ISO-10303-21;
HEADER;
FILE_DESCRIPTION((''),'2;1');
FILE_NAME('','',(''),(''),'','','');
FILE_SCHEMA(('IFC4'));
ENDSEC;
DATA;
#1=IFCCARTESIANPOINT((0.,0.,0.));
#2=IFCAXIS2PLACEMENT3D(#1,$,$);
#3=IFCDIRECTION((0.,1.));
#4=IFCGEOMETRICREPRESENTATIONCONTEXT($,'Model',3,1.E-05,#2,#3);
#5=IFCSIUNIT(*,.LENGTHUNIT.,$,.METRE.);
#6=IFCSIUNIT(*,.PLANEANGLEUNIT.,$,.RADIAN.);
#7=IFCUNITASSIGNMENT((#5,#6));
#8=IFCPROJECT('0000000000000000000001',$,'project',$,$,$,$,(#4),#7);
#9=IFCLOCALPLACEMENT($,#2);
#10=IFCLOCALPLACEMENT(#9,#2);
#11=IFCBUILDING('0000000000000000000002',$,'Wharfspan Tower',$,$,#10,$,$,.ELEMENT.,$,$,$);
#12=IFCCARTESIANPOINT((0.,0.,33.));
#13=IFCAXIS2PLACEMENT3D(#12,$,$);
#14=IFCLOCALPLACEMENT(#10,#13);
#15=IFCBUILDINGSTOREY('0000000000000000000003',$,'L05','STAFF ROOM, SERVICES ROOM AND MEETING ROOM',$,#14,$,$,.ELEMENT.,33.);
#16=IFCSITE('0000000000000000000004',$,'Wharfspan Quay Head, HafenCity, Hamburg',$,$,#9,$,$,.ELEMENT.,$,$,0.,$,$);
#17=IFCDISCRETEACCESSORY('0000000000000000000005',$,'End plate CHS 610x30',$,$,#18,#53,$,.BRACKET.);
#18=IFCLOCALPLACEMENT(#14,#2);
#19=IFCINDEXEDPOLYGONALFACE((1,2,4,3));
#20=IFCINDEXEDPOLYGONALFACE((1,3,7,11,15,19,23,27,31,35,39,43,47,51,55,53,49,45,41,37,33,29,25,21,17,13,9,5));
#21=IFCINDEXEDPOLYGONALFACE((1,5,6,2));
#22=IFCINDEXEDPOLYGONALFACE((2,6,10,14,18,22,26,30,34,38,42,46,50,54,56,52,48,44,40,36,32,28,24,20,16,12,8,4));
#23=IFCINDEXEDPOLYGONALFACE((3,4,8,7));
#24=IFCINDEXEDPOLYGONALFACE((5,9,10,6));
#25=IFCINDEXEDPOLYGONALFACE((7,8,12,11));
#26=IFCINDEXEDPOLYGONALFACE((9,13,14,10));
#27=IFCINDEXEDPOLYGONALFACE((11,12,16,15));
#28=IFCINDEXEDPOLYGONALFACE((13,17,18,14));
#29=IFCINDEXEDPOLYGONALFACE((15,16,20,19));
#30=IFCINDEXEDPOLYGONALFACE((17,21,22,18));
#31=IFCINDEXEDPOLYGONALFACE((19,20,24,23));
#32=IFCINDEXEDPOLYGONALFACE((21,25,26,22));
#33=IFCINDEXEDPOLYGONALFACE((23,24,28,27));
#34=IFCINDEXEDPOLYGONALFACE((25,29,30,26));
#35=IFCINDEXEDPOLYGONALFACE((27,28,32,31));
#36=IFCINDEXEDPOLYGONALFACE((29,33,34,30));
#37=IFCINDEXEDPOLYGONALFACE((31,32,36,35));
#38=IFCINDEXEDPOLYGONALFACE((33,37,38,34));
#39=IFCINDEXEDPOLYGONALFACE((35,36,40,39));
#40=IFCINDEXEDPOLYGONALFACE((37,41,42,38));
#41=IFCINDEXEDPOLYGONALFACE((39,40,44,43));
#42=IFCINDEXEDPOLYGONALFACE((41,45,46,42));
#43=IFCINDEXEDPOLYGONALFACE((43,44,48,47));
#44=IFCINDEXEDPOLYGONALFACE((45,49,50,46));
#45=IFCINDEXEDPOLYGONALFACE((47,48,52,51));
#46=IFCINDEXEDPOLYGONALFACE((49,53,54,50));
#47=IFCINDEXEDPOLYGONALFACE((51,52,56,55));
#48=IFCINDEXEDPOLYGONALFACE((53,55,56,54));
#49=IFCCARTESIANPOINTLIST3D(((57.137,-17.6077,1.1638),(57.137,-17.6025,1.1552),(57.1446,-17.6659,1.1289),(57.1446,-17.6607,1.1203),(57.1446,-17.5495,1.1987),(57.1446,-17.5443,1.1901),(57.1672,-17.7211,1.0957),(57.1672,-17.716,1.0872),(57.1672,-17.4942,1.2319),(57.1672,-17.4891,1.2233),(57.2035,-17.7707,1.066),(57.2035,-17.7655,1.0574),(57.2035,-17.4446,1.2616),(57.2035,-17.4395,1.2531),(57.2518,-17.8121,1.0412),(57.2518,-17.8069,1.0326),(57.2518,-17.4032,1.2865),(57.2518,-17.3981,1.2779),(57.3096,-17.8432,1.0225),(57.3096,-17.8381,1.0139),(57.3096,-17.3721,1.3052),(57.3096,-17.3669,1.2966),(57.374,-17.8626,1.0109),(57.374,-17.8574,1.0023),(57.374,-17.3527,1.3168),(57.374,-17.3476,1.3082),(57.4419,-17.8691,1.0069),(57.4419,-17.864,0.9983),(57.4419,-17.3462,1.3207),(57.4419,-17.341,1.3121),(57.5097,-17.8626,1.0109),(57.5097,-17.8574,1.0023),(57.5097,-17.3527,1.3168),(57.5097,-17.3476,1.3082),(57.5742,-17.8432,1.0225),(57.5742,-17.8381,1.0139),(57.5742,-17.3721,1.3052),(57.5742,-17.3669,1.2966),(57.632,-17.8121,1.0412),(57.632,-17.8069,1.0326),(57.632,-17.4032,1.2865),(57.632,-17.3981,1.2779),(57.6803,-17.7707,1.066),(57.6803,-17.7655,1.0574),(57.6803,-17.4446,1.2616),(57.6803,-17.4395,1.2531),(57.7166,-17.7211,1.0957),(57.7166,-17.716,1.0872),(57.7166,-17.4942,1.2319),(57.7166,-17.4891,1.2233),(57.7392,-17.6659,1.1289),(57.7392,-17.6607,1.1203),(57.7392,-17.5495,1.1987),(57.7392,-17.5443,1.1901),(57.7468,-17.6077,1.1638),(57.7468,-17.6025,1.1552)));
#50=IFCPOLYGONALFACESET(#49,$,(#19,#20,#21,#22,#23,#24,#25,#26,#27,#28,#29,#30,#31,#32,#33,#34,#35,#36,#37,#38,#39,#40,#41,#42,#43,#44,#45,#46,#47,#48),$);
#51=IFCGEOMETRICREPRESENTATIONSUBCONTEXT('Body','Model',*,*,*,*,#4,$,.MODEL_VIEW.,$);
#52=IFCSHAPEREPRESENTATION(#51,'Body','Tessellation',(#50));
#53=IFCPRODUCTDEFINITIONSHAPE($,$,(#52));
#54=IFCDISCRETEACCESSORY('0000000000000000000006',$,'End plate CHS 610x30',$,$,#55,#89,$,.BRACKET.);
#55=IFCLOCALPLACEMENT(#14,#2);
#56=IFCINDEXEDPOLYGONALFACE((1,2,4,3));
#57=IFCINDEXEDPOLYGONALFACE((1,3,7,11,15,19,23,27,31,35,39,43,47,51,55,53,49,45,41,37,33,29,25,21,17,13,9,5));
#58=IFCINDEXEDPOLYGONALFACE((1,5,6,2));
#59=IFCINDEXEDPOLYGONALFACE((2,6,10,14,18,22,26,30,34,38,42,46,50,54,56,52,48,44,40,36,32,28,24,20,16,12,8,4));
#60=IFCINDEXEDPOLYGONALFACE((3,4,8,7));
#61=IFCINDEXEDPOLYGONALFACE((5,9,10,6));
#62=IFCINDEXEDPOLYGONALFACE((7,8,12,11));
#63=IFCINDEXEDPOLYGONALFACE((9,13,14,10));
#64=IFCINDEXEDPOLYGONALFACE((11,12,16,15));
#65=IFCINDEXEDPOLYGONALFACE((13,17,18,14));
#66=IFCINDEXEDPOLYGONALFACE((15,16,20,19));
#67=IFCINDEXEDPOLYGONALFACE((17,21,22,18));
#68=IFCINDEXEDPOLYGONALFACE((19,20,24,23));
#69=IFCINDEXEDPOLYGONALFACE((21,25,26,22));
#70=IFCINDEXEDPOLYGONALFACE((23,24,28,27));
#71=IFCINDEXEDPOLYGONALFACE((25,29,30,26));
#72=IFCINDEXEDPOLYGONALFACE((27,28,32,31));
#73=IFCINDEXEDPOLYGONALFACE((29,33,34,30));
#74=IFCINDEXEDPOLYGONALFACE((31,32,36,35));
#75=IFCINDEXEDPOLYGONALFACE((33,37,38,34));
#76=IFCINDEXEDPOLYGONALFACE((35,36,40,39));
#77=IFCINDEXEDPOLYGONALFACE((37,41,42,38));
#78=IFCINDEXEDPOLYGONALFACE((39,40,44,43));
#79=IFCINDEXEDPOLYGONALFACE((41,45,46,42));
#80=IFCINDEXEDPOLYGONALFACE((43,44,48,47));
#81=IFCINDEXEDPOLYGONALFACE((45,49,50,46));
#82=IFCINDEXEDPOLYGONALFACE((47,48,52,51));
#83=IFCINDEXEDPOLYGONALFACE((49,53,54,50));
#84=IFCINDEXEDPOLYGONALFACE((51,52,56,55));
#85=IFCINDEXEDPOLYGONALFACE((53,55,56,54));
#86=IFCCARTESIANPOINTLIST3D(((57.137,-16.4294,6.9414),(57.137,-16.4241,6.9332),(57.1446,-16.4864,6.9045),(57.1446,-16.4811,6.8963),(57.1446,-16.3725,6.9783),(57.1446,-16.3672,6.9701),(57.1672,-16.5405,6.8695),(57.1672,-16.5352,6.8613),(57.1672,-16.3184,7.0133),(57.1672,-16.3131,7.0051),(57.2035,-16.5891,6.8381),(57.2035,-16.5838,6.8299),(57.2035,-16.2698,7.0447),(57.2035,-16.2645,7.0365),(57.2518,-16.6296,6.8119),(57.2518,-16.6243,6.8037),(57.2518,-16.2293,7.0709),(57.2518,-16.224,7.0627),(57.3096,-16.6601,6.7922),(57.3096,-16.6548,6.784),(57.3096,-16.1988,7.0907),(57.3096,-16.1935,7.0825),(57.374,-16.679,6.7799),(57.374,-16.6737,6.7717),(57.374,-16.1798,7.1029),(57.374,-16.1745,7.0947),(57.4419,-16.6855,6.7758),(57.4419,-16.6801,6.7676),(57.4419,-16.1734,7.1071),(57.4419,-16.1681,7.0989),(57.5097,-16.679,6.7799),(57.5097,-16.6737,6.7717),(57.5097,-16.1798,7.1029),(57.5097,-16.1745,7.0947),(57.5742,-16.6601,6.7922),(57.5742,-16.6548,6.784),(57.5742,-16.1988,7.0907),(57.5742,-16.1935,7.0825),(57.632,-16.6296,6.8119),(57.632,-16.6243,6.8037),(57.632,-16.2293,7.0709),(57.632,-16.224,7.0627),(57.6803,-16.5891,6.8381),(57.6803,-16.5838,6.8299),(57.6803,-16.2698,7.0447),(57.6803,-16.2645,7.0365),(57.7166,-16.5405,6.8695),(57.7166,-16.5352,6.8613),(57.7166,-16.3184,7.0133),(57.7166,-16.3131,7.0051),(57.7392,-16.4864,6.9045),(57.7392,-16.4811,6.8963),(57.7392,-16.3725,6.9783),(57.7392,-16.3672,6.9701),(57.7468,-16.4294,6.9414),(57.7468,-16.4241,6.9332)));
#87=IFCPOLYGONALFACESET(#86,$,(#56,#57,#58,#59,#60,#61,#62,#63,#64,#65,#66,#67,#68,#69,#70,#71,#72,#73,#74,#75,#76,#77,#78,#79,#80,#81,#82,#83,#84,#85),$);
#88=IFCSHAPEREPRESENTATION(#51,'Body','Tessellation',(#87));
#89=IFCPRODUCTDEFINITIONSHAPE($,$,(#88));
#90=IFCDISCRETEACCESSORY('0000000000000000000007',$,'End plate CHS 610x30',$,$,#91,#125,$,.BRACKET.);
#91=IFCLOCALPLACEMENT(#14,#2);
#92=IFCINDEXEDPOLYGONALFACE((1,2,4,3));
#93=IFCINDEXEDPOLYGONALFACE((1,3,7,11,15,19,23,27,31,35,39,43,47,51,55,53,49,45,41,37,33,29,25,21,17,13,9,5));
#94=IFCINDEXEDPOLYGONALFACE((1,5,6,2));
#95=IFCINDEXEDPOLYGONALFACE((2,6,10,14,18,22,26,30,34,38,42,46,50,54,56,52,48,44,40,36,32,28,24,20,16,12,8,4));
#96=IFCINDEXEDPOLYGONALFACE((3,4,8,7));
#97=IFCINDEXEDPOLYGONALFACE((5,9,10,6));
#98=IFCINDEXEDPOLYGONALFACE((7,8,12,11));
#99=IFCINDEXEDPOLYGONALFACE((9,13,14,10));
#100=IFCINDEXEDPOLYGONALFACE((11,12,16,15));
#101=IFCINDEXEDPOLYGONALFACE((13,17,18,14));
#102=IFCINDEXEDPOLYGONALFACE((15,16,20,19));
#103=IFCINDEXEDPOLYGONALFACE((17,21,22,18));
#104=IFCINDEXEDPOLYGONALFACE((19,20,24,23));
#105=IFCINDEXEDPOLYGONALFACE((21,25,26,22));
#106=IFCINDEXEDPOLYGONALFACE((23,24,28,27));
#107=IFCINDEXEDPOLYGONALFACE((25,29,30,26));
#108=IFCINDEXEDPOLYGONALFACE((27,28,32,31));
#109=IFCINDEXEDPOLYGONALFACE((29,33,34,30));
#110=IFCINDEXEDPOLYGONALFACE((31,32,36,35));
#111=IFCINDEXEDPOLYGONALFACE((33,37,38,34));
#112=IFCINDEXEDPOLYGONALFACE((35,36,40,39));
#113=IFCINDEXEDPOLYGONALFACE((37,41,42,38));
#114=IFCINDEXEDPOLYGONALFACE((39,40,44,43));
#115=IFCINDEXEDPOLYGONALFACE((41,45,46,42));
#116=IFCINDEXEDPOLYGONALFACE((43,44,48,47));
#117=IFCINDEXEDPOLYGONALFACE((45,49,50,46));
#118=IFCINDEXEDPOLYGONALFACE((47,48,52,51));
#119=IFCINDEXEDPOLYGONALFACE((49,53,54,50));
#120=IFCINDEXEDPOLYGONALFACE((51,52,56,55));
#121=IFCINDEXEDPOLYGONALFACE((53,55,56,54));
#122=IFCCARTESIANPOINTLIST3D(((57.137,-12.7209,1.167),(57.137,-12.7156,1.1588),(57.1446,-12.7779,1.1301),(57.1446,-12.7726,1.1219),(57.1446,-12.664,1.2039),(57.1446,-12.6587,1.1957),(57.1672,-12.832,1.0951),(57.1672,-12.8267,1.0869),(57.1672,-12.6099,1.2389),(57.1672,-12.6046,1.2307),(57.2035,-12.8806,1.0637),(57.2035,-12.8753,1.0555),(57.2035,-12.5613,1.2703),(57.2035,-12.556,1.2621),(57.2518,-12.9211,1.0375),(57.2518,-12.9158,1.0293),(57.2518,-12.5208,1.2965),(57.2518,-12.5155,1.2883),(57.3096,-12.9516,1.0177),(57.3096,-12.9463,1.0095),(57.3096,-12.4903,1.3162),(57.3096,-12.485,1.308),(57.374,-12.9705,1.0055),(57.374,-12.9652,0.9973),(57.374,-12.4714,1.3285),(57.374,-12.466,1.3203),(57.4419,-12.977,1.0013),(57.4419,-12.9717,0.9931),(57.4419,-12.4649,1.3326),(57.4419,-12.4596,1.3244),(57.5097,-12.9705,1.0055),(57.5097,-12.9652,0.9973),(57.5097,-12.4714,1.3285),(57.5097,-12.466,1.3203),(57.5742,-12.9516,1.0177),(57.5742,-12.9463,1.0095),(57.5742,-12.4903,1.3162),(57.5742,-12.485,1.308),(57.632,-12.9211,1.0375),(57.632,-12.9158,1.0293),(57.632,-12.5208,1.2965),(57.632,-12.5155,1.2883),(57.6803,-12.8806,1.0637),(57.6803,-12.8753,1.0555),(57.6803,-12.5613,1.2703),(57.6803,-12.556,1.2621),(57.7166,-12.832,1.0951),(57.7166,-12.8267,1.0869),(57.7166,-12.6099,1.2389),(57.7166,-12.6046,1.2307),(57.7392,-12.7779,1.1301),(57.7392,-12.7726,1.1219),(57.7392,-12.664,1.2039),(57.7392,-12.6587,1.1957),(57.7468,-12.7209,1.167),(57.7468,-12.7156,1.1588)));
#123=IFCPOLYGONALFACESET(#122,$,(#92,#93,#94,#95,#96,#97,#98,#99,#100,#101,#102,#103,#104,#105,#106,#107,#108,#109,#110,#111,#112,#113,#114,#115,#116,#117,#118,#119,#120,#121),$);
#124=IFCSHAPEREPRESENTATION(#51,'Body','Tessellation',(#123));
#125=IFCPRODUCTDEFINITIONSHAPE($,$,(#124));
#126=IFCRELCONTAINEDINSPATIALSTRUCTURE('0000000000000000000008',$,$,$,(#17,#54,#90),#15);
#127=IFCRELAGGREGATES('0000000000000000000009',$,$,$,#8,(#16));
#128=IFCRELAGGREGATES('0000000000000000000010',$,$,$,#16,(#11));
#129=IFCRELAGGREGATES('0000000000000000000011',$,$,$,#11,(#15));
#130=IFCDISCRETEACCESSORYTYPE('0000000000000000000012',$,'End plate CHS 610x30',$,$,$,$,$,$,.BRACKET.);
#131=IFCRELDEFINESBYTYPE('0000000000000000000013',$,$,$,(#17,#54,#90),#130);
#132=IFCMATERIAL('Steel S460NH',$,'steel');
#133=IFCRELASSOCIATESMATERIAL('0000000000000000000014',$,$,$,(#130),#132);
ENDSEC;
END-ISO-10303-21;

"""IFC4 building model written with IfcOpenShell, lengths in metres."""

from ifc_helpers import new_model, si_unit, direction, frame, origin, origin_2d, place, context, subcontext, project, spatial, circle, extrude, material, material_profile, profile_set, type_object, element, save


model = new_model("IFC4")

# Units and contexts
model_context = context("Model", 3, precision=1e-05, world=origin(), true_north=direction((0.0, 1.0)))
body_context = subcontext(model_context, "Body", "Model", "MODEL_VIEW")
ifc_project = project(units=[si_unit("LENGTHUNIT", "METRE"), si_unit("PLANEANGLEUNIT", "RADIAN")], contexts=[model_context])

# Site, building, storey
site_placement = place(None, origin())
site = spatial("IfcSite", under=ifc_project, at=site_placement, Name="Wharfspan Quay Head, HafenCity, Hamburg", CompositionType="ELEMENT", RefElevation=0.0)
building_placement = place(site_placement, origin())
building = spatial("IfcBuilding", under=site, at=building_placement, Name="Wharfspan Tower", CompositionType="ELEMENT")
storey_placement = place(building_placement, frame((0.0, 0.0, 33.0)))
storey = spatial("IfcBuildingStorey", under=building, at=storey_placement, Name="L05", Description="STAFF ROOM, SERVICES ROOM AND MEETING ROOM", CompositionType="ELEMENT", Elevation=33.0)

# Shared definitions
ifc_material_1 = material(Name="Steel S460NH", Category="steel")

# Discrete accessories
ifc_material_profile_1 = material_profile(ifc_material_1, circle(Radius=0.3049, at=origin_2d()))
ifc_profile_set_1 = profile_set([ifc_material_profile_1], Name="Steel S460NH")
discrete_accessory_type = type_object("IfcDiscreteAccessoryType", Name="End plate CHS 610x30", PredefinedType="BRACKET", material=ifc_profile_set_1)
discrete_accessory_1_placement = place(storey_placement, frame((57.4419, -17.6077, 1.1638), z_axis=(0.0, 0.514496, -0.857493), x_axis=(-1.0, 0.0, 0.0)))
element("IfcDiscreteAccessory", 1, at=discrete_accessory_1_placement, inside=storey, type_object=discrete_accessory_type, Name="End plate CHS 610x30", PredefinedType="BRACKET", context=body_context, shape_type="SweptSolid", body=[
    extrude(circle(Radius=0.3049, at=origin_2d()), origin(), (0.0, 0.0, 1.0), 0.01),
])
for number, where, z_axis, x_axis, name in (
    (2, (57.4419, -16.4294, 6.9414), (0.0, 0.543251, -0.83957), (-1.0, 0.0, 0.0), "End plate CHS 610x30"),
    (3, (57.4419, -12.7209, 1.167), (0.0, 0.543251, -0.83957), (-1.0, 0.0, 0.0), "End plate CHS 610x30"),
):
    element("IfcDiscreteAccessory", number, at=place(storey_placement, frame(where, z_axis=z_axis, x_axis=x_axis)), inside=storey, type_object=discrete_accessory_type, Name=name, PredefinedType="BRACKET", context=body_context, shape_type="SweptSolid", body=[
        extrude(circle(Radius=0.3049, at=origin_2d()), origin(), (0.0, 0.0, 1.0), 0.0098),
    ])

save(model, "model.ifc")
